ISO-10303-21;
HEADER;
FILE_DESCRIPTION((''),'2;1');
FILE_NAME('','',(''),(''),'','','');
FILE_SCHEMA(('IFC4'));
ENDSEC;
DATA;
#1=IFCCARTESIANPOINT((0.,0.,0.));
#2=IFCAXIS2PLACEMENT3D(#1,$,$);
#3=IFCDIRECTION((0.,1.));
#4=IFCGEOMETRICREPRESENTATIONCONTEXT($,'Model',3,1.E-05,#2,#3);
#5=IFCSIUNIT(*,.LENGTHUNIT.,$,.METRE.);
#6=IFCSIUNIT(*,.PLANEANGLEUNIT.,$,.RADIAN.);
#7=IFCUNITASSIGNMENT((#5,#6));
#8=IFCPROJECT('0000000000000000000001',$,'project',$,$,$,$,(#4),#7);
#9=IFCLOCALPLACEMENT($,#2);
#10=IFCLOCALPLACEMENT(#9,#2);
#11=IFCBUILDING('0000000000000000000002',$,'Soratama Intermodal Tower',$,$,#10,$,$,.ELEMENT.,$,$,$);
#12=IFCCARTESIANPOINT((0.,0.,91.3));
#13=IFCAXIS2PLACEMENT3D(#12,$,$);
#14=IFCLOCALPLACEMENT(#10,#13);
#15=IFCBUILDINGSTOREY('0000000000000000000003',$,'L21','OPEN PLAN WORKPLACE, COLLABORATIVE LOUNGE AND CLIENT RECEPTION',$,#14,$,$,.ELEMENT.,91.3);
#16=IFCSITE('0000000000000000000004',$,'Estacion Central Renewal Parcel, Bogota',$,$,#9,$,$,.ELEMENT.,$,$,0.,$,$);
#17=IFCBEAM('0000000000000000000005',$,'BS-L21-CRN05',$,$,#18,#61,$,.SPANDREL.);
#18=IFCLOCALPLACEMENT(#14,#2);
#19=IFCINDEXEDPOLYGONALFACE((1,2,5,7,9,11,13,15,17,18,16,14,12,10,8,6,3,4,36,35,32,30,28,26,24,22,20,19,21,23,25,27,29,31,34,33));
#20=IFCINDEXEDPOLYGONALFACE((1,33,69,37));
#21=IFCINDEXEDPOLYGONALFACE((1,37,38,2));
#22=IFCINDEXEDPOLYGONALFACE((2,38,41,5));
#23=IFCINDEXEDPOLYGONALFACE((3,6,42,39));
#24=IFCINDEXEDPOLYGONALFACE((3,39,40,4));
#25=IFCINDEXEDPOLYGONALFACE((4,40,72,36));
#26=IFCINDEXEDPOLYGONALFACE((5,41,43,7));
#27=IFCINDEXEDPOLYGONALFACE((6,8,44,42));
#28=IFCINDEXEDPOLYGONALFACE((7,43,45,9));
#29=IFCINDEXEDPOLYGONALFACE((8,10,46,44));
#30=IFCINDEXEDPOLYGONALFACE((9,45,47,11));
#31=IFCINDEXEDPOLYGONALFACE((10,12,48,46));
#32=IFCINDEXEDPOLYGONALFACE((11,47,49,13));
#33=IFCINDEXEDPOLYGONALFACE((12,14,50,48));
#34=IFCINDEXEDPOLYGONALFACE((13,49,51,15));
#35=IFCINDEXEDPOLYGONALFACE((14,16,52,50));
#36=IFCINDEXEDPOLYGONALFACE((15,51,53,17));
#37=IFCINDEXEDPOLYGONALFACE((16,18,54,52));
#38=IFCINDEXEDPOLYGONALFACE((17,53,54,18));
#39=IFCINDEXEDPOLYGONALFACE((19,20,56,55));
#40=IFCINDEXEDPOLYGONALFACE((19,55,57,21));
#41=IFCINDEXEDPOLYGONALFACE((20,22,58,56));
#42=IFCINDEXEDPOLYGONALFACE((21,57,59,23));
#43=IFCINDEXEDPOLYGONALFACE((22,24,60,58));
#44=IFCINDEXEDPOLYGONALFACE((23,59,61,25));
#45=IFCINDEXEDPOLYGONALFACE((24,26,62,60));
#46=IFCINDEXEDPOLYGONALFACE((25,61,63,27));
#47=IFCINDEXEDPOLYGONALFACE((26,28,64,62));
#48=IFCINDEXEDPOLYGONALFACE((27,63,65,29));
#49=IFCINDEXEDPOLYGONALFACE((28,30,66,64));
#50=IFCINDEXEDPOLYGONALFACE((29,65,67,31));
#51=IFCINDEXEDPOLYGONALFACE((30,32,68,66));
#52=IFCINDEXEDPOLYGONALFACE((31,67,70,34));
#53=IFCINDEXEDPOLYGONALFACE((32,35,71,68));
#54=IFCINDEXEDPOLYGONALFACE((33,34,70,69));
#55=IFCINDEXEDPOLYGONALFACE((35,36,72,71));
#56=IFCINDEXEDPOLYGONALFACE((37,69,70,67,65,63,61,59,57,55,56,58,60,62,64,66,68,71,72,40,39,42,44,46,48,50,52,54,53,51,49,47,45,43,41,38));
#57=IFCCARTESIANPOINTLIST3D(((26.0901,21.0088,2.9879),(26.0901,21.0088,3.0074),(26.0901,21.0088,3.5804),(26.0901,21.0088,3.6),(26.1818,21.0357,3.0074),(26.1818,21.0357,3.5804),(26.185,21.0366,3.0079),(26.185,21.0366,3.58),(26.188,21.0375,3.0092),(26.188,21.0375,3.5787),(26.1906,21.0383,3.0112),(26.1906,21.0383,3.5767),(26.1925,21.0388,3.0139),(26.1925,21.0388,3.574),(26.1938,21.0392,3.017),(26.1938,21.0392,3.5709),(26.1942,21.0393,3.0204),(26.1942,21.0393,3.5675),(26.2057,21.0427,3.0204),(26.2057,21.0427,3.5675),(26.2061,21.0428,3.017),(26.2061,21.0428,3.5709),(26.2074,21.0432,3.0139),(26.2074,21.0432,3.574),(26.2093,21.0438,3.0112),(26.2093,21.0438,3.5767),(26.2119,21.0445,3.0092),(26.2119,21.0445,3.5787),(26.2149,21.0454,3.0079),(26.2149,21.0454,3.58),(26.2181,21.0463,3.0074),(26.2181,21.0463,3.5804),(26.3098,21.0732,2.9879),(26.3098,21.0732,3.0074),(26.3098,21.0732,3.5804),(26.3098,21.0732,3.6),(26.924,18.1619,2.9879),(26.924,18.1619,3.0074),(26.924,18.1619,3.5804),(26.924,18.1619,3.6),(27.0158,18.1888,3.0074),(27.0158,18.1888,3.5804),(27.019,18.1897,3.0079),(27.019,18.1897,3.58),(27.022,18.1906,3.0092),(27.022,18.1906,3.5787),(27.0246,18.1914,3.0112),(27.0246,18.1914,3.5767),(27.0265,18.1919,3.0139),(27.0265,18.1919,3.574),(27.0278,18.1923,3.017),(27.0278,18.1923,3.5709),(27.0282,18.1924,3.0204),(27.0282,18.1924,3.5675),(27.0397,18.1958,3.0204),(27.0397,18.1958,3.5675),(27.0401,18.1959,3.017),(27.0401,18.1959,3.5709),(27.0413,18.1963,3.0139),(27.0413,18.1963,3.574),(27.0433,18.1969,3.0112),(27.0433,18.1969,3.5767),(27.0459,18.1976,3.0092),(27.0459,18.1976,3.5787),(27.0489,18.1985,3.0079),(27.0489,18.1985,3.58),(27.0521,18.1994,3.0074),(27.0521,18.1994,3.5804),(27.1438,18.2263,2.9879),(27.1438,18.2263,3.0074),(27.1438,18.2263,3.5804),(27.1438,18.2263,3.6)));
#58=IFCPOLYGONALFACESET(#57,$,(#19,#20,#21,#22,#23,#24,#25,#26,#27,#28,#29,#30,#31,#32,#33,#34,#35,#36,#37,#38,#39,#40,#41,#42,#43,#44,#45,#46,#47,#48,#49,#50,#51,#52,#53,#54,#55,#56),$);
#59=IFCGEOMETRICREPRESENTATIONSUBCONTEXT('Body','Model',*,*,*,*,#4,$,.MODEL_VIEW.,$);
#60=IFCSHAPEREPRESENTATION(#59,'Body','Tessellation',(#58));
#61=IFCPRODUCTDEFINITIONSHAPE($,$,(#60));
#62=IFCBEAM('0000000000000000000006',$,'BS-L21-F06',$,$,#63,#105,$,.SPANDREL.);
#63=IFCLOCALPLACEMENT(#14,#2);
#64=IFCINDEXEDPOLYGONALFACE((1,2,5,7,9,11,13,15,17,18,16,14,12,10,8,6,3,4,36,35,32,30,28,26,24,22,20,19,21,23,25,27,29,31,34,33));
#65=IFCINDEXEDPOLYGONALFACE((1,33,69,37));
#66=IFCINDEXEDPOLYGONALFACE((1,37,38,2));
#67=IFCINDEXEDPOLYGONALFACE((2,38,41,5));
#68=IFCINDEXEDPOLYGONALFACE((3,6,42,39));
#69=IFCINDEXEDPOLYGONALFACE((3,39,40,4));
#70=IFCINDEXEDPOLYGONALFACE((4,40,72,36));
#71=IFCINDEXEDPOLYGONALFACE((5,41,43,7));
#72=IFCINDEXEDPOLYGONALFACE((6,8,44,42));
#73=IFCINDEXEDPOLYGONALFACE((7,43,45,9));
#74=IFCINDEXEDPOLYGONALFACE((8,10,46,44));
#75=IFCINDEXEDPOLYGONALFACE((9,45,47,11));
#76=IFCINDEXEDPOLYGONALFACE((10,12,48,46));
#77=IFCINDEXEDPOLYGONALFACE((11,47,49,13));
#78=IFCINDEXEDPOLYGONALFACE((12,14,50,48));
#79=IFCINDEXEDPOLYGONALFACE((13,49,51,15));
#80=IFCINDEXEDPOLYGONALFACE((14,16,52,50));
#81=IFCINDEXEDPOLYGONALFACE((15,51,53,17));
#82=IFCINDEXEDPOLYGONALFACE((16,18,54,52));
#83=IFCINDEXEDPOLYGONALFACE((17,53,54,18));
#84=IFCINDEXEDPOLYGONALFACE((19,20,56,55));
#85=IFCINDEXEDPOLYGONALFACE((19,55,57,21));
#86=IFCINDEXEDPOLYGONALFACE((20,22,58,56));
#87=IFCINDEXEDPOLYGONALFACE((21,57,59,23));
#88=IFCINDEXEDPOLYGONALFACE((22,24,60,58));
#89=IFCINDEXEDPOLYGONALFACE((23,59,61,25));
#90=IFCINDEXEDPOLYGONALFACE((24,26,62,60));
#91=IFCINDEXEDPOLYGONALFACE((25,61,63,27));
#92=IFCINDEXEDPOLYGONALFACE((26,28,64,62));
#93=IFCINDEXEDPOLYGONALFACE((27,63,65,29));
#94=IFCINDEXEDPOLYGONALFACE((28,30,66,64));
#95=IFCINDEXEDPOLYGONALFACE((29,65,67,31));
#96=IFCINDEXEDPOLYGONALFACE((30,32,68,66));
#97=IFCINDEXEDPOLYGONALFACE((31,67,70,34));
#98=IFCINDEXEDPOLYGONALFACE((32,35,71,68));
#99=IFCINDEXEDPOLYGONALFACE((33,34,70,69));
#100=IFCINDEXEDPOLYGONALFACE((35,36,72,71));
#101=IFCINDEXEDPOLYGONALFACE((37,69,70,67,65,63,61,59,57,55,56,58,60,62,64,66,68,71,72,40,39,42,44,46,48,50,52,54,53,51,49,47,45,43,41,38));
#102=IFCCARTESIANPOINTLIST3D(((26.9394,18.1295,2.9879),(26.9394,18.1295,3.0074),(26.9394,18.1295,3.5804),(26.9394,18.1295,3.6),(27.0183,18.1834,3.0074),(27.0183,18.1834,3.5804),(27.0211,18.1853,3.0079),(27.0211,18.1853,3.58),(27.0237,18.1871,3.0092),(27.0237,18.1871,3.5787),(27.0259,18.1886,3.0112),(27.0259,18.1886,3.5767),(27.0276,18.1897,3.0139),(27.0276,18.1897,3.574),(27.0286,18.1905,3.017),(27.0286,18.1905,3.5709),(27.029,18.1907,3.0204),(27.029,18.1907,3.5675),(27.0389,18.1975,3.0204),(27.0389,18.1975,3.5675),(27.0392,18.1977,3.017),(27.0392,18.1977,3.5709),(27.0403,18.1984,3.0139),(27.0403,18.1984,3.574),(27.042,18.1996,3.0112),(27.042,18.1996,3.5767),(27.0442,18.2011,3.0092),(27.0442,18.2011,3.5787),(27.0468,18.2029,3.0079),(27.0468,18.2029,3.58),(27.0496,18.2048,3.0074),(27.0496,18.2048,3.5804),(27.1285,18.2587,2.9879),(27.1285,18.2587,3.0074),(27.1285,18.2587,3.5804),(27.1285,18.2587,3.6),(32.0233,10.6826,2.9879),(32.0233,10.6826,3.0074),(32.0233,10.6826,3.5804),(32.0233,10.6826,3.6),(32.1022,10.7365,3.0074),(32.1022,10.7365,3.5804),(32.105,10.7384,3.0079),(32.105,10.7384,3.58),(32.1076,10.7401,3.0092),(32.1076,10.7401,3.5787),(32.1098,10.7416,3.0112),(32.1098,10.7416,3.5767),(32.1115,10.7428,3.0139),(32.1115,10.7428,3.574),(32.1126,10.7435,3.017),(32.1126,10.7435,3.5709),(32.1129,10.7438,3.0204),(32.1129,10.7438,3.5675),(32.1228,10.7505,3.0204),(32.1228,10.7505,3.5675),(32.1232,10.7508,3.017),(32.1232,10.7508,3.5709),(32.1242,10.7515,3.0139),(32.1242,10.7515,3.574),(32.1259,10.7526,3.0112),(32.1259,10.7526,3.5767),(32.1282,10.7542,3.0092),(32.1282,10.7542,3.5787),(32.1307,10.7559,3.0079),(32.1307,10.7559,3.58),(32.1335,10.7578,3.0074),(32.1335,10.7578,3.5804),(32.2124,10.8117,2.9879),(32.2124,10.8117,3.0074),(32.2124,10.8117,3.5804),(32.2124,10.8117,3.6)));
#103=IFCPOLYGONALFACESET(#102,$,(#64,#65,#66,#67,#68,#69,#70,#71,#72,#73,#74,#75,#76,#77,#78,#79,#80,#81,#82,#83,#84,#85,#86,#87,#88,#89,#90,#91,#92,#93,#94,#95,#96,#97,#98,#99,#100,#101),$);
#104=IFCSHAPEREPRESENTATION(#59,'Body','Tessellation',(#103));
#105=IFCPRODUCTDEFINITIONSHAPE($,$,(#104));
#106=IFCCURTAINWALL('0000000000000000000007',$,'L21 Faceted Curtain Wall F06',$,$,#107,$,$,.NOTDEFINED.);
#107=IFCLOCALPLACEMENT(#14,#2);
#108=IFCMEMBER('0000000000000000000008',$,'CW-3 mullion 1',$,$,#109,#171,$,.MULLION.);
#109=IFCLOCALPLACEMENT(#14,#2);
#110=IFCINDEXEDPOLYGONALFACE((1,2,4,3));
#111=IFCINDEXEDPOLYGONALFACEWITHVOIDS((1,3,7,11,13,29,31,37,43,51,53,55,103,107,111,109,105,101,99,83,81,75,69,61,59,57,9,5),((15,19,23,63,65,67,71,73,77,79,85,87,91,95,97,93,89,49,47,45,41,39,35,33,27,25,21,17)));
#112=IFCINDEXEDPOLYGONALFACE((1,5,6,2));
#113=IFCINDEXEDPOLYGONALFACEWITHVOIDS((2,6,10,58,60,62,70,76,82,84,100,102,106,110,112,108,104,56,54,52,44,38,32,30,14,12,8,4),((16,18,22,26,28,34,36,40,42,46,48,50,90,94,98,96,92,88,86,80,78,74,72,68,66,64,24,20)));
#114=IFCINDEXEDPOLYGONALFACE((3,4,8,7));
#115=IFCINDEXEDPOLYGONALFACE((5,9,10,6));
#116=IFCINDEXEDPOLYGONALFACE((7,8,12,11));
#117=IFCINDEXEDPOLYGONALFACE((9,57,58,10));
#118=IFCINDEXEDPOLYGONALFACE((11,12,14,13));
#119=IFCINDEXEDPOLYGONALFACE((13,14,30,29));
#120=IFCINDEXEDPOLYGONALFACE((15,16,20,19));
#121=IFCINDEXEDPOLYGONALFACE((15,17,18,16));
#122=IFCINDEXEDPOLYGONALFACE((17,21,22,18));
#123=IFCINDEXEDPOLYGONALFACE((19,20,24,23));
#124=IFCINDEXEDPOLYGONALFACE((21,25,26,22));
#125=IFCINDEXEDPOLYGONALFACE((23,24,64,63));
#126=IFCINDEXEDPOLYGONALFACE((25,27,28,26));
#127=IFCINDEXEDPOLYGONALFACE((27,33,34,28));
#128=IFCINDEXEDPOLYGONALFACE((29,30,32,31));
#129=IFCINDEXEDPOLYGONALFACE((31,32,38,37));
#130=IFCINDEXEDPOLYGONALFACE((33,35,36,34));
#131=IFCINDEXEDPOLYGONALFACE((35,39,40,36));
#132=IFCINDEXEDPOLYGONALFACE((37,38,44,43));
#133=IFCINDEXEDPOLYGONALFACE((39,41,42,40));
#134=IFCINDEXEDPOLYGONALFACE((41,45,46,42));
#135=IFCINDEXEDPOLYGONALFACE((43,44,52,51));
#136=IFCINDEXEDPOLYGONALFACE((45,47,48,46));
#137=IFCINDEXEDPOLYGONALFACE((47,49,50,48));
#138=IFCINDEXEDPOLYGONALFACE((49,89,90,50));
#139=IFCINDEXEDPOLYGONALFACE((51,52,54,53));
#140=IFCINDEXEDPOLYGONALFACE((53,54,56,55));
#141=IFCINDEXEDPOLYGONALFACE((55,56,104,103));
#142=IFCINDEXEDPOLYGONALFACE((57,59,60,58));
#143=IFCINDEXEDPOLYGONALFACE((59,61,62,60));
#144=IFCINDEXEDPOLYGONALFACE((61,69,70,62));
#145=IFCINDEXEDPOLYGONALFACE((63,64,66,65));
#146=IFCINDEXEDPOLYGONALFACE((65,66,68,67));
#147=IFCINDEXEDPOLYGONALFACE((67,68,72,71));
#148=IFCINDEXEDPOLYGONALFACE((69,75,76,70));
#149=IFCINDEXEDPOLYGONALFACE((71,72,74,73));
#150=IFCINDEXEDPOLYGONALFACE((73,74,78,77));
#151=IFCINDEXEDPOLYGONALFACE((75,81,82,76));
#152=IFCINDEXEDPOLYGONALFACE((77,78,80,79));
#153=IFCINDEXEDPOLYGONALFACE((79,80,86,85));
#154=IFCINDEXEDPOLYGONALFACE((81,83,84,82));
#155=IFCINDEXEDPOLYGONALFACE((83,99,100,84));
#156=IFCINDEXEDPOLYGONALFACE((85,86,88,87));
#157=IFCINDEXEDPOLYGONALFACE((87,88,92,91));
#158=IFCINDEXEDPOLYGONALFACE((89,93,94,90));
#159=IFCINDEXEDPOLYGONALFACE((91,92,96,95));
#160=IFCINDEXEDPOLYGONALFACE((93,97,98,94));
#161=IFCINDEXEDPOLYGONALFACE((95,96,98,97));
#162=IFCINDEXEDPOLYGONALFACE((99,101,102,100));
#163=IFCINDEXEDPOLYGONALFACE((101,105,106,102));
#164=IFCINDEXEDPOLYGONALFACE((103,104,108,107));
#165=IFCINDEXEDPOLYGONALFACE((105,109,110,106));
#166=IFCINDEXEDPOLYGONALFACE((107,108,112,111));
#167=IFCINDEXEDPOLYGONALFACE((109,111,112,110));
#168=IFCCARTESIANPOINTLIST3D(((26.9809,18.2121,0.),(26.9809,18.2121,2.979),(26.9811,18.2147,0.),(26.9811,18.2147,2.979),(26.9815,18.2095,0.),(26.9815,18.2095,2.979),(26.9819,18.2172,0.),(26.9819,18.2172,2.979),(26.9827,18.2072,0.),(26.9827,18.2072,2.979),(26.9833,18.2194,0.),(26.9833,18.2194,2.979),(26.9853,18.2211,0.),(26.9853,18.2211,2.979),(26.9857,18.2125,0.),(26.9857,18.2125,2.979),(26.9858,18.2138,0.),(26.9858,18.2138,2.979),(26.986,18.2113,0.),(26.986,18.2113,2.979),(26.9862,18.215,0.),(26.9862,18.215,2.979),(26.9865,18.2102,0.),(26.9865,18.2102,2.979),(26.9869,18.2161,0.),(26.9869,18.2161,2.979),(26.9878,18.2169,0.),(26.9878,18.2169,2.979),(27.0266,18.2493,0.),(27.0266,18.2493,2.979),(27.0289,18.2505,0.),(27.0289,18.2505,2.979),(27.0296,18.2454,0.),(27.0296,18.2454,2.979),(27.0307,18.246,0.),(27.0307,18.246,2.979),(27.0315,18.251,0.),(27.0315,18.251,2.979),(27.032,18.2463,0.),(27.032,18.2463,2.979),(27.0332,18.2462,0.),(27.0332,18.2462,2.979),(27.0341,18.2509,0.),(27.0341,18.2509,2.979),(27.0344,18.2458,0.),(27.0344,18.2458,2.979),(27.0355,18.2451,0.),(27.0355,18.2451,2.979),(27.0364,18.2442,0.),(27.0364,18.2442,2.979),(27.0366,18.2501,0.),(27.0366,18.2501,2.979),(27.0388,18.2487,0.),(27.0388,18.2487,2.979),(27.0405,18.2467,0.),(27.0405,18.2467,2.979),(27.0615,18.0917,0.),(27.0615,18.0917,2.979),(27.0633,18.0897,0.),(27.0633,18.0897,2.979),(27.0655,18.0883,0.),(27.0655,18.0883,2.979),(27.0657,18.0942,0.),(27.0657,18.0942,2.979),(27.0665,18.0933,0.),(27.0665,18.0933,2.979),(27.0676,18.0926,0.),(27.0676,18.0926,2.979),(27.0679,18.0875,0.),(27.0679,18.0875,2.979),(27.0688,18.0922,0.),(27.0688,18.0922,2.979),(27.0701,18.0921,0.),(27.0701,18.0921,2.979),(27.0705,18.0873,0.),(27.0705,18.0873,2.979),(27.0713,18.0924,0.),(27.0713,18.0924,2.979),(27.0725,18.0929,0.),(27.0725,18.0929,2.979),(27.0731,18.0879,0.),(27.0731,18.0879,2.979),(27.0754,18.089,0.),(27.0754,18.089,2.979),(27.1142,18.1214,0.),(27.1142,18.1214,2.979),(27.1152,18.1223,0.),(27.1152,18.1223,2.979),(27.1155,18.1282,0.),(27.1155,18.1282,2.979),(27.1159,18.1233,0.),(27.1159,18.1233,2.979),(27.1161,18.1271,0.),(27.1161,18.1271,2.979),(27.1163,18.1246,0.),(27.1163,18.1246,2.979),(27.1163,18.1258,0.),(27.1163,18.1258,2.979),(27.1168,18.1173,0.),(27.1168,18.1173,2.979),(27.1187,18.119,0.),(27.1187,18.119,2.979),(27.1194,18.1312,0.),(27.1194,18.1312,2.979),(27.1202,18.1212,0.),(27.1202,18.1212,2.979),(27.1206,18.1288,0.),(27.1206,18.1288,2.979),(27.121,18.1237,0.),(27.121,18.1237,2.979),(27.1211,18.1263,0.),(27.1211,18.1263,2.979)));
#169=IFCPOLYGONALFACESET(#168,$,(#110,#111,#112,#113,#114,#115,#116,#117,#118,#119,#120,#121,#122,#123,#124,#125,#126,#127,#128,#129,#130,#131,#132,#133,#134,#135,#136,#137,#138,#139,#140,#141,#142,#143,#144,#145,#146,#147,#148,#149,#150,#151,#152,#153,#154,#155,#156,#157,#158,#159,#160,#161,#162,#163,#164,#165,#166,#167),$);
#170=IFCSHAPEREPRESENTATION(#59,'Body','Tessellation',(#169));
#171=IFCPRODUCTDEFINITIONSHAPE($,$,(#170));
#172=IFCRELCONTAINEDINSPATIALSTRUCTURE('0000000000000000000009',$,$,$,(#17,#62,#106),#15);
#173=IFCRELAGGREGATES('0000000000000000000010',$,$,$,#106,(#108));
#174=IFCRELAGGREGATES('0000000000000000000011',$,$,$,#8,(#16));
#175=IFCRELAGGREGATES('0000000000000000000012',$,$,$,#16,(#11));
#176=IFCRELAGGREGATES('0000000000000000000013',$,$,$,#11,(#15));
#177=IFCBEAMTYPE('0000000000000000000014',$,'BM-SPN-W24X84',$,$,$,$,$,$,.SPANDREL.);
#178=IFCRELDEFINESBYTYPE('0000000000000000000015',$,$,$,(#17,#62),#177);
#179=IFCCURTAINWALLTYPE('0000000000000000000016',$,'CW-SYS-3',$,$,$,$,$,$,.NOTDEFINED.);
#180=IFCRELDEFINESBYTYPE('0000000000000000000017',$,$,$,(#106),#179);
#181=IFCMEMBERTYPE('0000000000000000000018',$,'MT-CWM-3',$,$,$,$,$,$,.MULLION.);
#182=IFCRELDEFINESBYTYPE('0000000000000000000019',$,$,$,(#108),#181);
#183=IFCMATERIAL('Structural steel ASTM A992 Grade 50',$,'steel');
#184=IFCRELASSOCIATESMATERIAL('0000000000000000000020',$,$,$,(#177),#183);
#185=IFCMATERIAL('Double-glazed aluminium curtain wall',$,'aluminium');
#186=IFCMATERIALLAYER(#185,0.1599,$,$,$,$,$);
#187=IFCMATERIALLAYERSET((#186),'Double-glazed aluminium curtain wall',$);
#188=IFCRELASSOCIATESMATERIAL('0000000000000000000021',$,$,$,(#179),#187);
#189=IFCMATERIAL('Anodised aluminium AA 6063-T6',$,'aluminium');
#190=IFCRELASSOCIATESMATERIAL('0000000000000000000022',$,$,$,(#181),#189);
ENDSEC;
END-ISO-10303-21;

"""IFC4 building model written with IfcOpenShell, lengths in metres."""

from ifc_helpers import new_model, si_unit, direction, frame, origin, origin_2d, place, context, subcontext, project, spatial, hollow_rectangle, i_section, extrude, material, layer, layer_set, material_profile, profile_set, type_object, element, aggregate, save


model = new_model("IFC4")

# Units and contexts
model_context = context("Model", 3, precision=1e-05, world=origin(), true_north=direction((0.0, 1.0)))
body_context = subcontext(model_context, "Body", "Model", "MODEL_VIEW")
ifc_project = project(units=[si_unit("LENGTHUNIT", "METRE"), si_unit("PLANEANGLEUNIT", "RADIAN")], contexts=[model_context])

# Site, building, storey
site_placement = place(None, origin())
site = spatial("IfcSite", under=ifc_project, at=site_placement, Name="Estacion Central Renewal Parcel, Bogota", CompositionType="ELEMENT", RefElevation=0.0)
building_placement = place(site_placement, origin())
building = spatial("IfcBuilding", under=site, at=building_placement, Name="Soratama Intermodal Tower", CompositionType="ELEMENT")
storey_placement = place(building_placement, frame((0.0, 0.0, 91.3)))
storey = spatial("IfcBuildingStorey", under=building, at=storey_placement, Name="L21", Description="OPEN PLAN WORKPLACE, COLLABORATIVE LOUNGE AND CLIENT RECEPTION", CompositionType="ELEMENT", Elevation=91.3)

# Beams
ifc_material_1 = material(Name="Structural steel ASTM A992 Grade 50", Category="steel")
ifc_material_profile_1 = material_profile(ifc_material_1, i_section(OverallWidth=0.229, OverallDepth=0.6121, WebThickness=0.012, FlangeThickness=0.0195, FilletRadius=0.0129, at=origin_2d()), Name="W24X84")
ifc_profile_set_1 = profile_set([ifc_material_profile_1], Name="Structural steel ASTM A992 Grade 50")
beam_type = type_object("IfcBeamType", Name="BM-SPN-W24X84", PredefinedType="SPANDREL", material=ifc_profile_set_1)
beam_1_placement = place(storey_placement, frame((26.2, 21.041, 3.2939), z_axis=(0.281128, -0.95967, 0.0), x_axis=(0.95967, 0.281128, 0.0)))
element("IfcBeam", 1, at=beam_1_placement, inside=storey, type_object=beam_type, Name="BS-L21-CRN05", PredefinedType="SPANDREL", context=body_context, shape_type="SweptSolid", body=[
    extrude(i_section(OverallWidth=0.229, OverallDepth=0.6121, WebThickness=0.012, FlangeThickness=0.0195, FilletRadius=0.0129, at=origin_2d()), origin(), (0.0, 0.0, 1.0), 2.9666),
])
beam_2_placement = place(storey_placement, frame((27.0339, 18.1941, 3.2939), z_axis=(0.563827, -0.825893, 0.0), x_axis=(0.825893, 0.563827, 0.0)))
element("IfcBeam", 2, at=beam_2_placement, inside=storey, type_object=beam_type, Name="BS-L21-F06", PredefinedType="SPANDREL", context=body_context, shape_type="SweptSolid", body=[
    extrude(i_section(OverallWidth=0.229, OverallDepth=0.6121, WebThickness=0.012, FlangeThickness=0.0195, FilletRadius=0.0129, at=origin_2d()), origin(), (0.0, 0.0, 1.0), 9.0168),
])

# Curtain wall, member
ifc_material_2 = material(Name="Double-glazed aluminium curtain wall", Category="aluminium")
ifc_layer_1 = layer(ifc_material_2, 0.1599)
ifc_layer_set_1 = layer_set([ifc_layer_1], Name="Double-glazed aluminium curtain wall")
curtain_wall_type = type_object("IfcCurtainWallType", Name="CW-SYS-3", PredefinedType="NOTDEFINED", material=ifc_layer_set_1)
curtain_wall_placement = place(storey_placement, origin())
curtain_wall = element("IfcCurtainWall", 3, at=curtain_wall_placement, inside=storey, type_object=curtain_wall_type, Name="L21 Faceted Curtain Wall F06", PredefinedType="NOTDEFINED")
ifc_material_3 = material(Name="Anodised aluminium AA 6063-T6", Category="aluminium")
ifc_material_profile_2 = material_profile(ifc_material_3, hollow_rectangle(XDim=0.0701, YDim=0.1599, WallThickness=0.0049, InnerFilletRadius=0.0049, OuterFilletRadius=0.01, at=origin_2d()), Name="CWM160X70X5")
ifc_profile_set_2 = profile_set([ifc_material_profile_2], Name="Anodised aluminium AA 6063-T6")
member_type_1 = type_object("IfcMemberType", Name="MT-CWM-3", PredefinedType="MULLION", material=ifc_profile_set_2)
member_1_placement = place(storey_placement, frame((27.051, 18.1692, 0.0), z_axis=(0.0, 0.0, 1.0), x_axis=(0.825902, 0.563814, 0.0)))
member_1 = element("IfcMember", 4, at=member_1_placement, type_object=member_type_1, Name="CW-3 mullion 1", PredefinedType="MULLION", context=body_context, shape_type="SweptSolid", body=[
    extrude(hollow_rectangle(XDim=0.0701, YDim=0.1599, WallThickness=0.0049, InnerFilletRadius=0.0049, OuterFilletRadius=0.01, at=origin_2d()), origin(), (0.0, 0.0, 1.0), 2.979),
])
aggregate(curtain_wall, [member_1])

save(model, "model.ifc")
